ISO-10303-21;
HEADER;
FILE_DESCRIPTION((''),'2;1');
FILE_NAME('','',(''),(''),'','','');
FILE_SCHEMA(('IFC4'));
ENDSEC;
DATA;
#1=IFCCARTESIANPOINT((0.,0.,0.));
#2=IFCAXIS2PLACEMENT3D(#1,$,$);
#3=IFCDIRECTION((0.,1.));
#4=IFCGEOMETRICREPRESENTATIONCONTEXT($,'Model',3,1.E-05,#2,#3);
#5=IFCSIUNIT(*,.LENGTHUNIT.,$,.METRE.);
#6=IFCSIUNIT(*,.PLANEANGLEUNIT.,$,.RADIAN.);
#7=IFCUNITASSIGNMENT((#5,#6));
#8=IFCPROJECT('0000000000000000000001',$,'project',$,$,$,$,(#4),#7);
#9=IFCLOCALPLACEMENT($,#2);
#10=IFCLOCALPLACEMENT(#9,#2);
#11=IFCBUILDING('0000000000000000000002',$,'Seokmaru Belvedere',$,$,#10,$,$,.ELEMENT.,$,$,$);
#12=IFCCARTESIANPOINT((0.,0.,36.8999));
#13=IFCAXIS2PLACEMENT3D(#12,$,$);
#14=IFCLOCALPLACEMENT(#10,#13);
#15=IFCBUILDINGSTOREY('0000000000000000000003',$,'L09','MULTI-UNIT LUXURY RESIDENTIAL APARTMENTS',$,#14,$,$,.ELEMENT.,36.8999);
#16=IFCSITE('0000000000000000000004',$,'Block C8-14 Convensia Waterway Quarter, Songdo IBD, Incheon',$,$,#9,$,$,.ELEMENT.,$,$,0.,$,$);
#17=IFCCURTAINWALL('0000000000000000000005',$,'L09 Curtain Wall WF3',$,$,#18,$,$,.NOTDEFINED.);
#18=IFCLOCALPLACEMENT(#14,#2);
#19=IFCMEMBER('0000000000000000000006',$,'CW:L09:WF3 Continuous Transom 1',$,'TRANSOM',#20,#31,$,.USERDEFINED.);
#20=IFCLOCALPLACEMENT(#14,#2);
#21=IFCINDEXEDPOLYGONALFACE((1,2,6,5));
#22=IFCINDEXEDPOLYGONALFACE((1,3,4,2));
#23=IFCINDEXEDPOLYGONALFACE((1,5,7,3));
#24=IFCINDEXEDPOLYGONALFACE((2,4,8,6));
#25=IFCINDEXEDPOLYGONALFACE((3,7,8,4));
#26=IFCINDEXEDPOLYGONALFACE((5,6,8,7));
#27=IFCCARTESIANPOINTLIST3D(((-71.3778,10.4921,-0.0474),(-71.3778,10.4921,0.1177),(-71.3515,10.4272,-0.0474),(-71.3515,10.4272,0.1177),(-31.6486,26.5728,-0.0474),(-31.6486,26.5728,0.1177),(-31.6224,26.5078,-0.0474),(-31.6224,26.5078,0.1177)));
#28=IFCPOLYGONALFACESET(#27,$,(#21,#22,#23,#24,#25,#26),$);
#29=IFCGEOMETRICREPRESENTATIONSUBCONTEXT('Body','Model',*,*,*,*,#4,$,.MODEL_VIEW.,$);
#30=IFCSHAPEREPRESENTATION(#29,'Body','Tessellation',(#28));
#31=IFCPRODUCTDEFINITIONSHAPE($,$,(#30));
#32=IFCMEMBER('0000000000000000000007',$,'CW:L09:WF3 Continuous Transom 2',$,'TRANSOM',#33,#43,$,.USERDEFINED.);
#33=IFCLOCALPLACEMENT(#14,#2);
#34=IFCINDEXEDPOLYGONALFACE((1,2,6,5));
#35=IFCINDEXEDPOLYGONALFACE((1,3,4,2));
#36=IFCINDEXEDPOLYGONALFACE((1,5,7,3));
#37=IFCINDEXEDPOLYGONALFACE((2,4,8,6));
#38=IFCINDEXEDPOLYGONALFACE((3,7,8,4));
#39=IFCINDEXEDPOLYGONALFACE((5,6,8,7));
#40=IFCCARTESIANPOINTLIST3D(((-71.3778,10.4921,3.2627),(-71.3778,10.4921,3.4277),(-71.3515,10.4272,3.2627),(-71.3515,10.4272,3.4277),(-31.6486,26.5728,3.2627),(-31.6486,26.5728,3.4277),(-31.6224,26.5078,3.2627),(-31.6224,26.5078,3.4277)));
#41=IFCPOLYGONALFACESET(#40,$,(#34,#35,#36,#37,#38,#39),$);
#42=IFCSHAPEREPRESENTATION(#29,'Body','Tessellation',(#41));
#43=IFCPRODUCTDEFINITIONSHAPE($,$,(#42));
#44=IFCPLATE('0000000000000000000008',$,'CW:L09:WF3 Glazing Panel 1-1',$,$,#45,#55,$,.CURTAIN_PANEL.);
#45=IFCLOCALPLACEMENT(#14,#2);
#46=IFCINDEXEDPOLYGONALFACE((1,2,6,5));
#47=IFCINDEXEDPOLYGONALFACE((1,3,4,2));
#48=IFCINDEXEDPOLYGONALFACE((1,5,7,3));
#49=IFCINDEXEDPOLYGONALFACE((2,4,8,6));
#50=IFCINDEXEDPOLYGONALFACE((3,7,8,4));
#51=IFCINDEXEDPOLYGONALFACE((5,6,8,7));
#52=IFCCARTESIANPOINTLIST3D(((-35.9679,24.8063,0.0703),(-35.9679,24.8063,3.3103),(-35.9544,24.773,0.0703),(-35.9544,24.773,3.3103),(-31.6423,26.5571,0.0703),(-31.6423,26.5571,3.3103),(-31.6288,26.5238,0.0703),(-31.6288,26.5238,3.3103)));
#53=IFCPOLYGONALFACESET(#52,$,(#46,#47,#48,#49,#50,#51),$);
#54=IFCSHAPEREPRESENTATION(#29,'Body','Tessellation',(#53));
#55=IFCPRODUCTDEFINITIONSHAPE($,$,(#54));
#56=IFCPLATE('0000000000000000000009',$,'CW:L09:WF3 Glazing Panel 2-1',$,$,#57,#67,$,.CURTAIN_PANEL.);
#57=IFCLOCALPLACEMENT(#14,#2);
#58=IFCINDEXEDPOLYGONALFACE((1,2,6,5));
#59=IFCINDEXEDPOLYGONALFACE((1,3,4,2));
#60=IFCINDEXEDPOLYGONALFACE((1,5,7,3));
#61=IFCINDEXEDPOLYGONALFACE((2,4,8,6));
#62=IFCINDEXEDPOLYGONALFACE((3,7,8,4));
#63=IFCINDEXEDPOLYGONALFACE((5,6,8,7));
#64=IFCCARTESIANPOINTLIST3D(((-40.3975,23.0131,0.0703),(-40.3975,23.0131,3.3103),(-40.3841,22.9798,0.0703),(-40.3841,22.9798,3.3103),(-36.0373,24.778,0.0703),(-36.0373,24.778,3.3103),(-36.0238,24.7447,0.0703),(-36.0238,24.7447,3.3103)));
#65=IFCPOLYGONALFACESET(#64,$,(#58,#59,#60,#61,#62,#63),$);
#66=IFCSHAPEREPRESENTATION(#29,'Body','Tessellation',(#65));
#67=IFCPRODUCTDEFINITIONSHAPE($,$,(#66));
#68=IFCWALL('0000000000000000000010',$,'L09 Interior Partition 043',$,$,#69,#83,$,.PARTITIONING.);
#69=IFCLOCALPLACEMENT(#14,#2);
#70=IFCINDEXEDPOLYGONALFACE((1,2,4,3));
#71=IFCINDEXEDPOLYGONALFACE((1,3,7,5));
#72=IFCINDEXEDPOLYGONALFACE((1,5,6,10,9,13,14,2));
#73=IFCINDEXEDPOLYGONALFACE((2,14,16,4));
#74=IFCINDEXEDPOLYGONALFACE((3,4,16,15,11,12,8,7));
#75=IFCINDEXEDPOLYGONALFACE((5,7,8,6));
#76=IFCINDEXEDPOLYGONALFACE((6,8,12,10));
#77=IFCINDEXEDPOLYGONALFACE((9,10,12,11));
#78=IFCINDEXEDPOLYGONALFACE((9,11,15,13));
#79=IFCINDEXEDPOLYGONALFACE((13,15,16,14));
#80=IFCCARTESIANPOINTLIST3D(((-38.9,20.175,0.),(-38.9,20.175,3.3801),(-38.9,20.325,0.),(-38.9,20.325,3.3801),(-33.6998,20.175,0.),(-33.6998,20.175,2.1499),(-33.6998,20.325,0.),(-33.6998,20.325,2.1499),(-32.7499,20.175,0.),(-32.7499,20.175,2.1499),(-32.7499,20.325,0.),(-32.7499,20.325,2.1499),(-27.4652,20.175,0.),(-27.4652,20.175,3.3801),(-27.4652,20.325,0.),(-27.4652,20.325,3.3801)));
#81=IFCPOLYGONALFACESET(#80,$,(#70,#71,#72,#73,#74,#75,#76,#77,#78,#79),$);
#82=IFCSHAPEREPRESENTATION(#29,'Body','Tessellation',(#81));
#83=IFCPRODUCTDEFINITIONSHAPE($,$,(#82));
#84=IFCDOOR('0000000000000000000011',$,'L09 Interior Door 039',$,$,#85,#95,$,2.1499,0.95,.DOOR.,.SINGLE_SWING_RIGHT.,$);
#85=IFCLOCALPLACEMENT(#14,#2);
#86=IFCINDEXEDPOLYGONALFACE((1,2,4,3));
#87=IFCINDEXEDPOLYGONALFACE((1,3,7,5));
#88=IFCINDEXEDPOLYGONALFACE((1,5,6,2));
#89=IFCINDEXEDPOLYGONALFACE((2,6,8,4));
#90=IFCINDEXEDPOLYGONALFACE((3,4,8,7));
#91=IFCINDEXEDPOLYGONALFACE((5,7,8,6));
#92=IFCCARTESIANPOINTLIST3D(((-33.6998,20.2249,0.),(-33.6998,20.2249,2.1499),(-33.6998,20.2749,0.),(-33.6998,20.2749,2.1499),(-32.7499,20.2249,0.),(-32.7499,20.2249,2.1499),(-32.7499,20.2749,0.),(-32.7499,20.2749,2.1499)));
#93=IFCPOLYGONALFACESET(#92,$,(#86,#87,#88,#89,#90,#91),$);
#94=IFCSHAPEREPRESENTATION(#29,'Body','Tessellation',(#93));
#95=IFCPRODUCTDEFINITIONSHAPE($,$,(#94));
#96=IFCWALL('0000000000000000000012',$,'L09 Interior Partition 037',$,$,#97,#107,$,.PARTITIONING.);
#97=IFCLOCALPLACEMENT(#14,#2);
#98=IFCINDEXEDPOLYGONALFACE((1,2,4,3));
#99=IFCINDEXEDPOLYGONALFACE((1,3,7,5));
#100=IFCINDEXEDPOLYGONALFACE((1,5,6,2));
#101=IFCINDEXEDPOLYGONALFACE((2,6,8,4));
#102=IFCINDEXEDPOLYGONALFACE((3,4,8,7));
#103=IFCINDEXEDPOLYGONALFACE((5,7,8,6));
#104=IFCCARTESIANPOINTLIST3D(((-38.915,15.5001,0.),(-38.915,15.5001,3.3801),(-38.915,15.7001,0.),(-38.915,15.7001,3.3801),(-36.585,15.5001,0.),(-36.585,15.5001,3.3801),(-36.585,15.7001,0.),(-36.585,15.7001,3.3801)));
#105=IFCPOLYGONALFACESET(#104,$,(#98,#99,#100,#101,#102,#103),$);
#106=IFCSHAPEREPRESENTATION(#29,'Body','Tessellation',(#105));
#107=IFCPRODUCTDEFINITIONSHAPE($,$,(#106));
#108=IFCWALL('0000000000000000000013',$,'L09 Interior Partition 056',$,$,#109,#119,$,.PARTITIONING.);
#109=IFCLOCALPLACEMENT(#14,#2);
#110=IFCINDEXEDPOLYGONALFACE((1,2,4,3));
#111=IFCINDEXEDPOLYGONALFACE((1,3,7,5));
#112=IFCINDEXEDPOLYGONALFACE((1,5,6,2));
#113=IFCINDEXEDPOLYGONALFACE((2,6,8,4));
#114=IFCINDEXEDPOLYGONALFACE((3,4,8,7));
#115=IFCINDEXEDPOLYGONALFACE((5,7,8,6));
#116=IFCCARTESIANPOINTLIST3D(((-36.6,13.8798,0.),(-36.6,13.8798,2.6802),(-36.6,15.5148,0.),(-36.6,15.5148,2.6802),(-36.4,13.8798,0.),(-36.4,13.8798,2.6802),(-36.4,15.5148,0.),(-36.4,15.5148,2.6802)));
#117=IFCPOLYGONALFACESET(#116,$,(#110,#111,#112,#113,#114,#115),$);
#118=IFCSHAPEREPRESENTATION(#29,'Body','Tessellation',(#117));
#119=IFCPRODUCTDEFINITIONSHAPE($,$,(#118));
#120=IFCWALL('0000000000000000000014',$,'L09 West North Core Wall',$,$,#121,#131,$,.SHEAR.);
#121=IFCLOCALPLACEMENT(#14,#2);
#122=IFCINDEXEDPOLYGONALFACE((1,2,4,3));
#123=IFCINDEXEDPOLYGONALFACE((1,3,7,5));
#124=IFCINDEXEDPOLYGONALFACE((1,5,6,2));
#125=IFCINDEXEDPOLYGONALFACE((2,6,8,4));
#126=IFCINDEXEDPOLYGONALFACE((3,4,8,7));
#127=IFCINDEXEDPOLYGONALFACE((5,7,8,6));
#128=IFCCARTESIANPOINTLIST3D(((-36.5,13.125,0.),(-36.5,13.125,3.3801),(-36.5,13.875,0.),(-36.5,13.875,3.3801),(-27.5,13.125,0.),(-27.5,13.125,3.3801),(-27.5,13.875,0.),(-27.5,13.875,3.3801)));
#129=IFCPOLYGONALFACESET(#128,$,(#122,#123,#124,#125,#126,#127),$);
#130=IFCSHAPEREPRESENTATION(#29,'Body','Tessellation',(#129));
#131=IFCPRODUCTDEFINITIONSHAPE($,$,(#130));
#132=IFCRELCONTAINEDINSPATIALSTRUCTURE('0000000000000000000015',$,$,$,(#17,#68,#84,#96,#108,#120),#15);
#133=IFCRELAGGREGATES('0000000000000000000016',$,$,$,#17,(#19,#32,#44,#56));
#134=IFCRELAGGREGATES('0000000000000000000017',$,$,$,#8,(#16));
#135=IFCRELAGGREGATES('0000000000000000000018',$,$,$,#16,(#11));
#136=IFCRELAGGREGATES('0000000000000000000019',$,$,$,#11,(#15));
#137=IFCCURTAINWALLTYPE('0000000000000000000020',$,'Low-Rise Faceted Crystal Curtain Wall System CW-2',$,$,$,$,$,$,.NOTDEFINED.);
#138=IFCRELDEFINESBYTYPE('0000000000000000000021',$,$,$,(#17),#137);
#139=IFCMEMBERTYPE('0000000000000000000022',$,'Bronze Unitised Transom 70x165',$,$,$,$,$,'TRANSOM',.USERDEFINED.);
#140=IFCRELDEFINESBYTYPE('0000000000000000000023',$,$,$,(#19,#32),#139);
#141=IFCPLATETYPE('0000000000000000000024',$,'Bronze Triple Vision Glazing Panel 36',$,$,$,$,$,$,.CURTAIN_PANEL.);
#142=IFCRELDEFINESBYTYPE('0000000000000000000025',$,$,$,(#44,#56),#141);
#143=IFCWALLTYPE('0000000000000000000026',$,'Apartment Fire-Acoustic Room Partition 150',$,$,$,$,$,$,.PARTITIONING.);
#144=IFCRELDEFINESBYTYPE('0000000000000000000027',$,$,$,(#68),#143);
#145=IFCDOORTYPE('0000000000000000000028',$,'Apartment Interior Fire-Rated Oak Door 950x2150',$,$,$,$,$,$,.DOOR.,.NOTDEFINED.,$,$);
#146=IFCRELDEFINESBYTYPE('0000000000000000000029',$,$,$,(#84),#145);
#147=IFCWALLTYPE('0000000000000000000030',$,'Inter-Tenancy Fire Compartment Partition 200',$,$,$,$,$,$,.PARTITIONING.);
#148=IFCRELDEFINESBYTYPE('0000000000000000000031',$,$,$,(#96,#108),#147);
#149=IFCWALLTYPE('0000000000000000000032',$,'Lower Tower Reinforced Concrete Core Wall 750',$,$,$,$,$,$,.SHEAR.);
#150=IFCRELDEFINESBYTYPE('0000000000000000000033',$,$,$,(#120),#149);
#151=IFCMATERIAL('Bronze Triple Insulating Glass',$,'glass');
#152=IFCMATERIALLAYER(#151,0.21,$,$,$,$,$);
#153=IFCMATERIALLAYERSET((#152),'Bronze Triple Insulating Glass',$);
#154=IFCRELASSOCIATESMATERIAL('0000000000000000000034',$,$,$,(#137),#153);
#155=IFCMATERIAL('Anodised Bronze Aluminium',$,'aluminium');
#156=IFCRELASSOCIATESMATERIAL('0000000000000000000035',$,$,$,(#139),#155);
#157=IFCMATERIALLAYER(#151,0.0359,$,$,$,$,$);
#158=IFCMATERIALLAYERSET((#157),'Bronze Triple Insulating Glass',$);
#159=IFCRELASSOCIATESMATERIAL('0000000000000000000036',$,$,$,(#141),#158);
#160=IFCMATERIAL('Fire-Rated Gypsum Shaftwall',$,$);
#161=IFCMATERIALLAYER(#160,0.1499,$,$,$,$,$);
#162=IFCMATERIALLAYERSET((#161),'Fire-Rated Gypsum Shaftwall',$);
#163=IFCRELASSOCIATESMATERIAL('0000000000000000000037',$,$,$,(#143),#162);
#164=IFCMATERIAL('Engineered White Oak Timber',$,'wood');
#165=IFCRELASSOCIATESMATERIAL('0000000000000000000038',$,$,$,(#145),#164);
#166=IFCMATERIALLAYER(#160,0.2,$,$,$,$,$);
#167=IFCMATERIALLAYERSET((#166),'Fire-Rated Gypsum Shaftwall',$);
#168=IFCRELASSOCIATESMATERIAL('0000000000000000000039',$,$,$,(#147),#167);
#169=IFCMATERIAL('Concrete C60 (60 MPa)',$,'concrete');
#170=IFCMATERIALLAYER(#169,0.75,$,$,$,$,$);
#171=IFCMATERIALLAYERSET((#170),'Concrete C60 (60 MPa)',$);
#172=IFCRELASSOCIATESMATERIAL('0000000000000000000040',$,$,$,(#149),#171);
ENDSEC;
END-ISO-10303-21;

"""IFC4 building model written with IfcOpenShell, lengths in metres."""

from ifc_helpers import new_model, si_unit, direction, frame, frame_2d, origin, origin_2d, place, context, subcontext, project, spatial, rectangle, extrude, source, transform, mapped, material, layer, layer_set, material_profile, profile_set, type_object, type_shapes, element, fill, aggregate, save


model = new_model("IFC4")

# Units and contexts
model_context = context("Model", 3, precision=1e-05, world=origin(), true_north=direction((0.0, 1.0)))
body_context = subcontext(model_context, "Body", "Model", "MODEL_VIEW")
ifc_project = project(units=[si_unit("LENGTHUNIT", "METRE"), si_unit("PLANEANGLEUNIT", "RADIAN")], contexts=[model_context])

# Site, building, storey
site_placement = place(None, origin())
site = spatial("IfcSite", under=ifc_project, at=site_placement, Name="Block C8-14 Convensia Waterway Quarter, Songdo IBD, Incheon", CompositionType="ELEMENT", RefElevation=0.0)
building_placement = place(site_placement, origin())
building = spatial("IfcBuilding", under=site, at=building_placement, Name="Seokmaru Belvedere", CompositionType="ELEMENT")
storey_placement = place(building_placement, frame((0.0, 0.0, 36.8999)))
storey = spatial("IfcBuildingStorey", under=building, at=storey_placement, Name="L09", Description="MULTI-UNIT LUXURY RESIDENTIAL APARTMENTS", CompositionType="ELEMENT", Elevation=36.8999)

# Curtain wall, members, plates
ifc_material_1 = material(Name="Bronze Triple Insulating Glass", Category="glass")
ifc_layer_1 = layer(ifc_material_1, 0.21)
ifc_layer_set_1 = layer_set([ifc_layer_1], Name="Bronze Triple Insulating Glass")
curtain_wall_type = type_object("IfcCurtainWallType", Name="Low-Rise Faceted Crystal Curtain Wall System CW-2", PredefinedType="NOTDEFINED", material=ifc_layer_set_1)
curtain_wall_placement = place(storey_placement, origin())
curtain_wall = element("IfcCurtainWall", 1, at=curtain_wall_placement, inside=storey, type_object=curtain_wall_type, Name="L09 Curtain Wall WF3", PredefinedType="NOTDEFINED")
ifc_material_2 = material(Name="Anodised Bronze Aluminium", Category="aluminium")
ifc_material_profile_1 = material_profile(ifc_material_2, rectangle(XDim=0.0701, YDim=0.165, at=origin_2d()), Name="CW-T-70x165")
ifc_profile_set_1 = profile_set([ifc_material_profile_1], Name="Anodised Bronze Aluminium")
member_type_1 = type_object("IfcMemberType", Name="Bronze Unitised Transom 70x165", ElementType="TRANSOM", PredefinedType="USERDEFINED", material=ifc_profile_set_1)
shared_shape_1 = source(origin(), body_context, "Body", "SweptSolid", [
    extrude(rectangle(XDim=0.0701, YDim=0.165, at=origin_2d()), origin(), (0.0, 0.0, 1.0), 42.8601),
])
type_shapes(member_type_1, [shared_shape_1])
member_1_placement = place(storey_placement, frame((-31.6355, 26.5403, 0.0352), z_axis=(-0.926949, -0.375188, 0.0), x_axis=(0.375188, -0.926949, 0.0)))
member_1 = element("IfcMember", 2, at=member_1_placement, type_object=member_type_1, Name="CW:L09:WF3 Continuous Transom 1", ObjectType="TRANSOM", PredefinedType="USERDEFINED", context=body_context, shape_type="MappedRepresentation", body=[
    mapped(shared_shape_1, transform((0.0, 0.0, 0.0), scale=1.0)),
])
member_2_placement = place(storey_placement, frame((-31.6355, 26.5403, 3.3452), z_axis=(-0.926949, -0.375188, 0.0), x_axis=(0.375188, -0.926949, 0.0)))
member_2 = element("IfcMember", 3, at=member_2_placement, type_object=member_type_1, Name="CW:L09:WF3 Continuous Transom 2", ObjectType="TRANSOM", PredefinedType="USERDEFINED", context=body_context, shape_type="MappedRepresentation", body=[
    mapped(shared_shape_1, transform((0.0, 0.0, 0.0), scale=1.0)),
])
ifc_layer_2 = layer(ifc_material_1, 0.0359)
ifc_layer_set_2 = layer_set([ifc_layer_2], Name="Bronze Triple Insulating Glass")
plate_type = type_object("IfcPlateType", Name="Bronze Triple Vision Glazing Panel 36", PredefinedType="CURTAIN_PANEL", material=ifc_layer_set_2)
shared_shape_2 = source(origin(), body_context, "Body", "SweptSolid", [
    extrude(rectangle(XDim=4.6665, YDim=0.0359, at=origin_2d()), origin(), (0.0, 0.0, 1.0), 3.24),
])
plate_1_placement = place(storey_placement, frame((-33.7983, 25.665, 0.0703), z_axis=(0.0, 0.0, 1.0), x_axis=(-0.926947, -0.375192, 0.0)))
plate_1 = element("IfcPlate", 4, at=plate_1_placement, type_object=plate_type, Name="CW:L09:WF3 Glazing Panel 1-1", PredefinedType="CURTAIN_PANEL", context=body_context, shape_type="MappedRepresentation", body=[
    mapped(shared_shape_2, transform((0.0, 0.0, 0.0), scale=1.0)),
])
shared_shape_3 = source(origin(), body_context, "Body", "SweptSolid", [
    extrude(rectangle(XDim=4.7039, YDim=0.0359, at=origin_2d()), origin(), (0.0, 0.0, 1.0), 3.24),
])
type_shapes(plate_type, [shared_shape_2, shared_shape_3])
plate_2_placement = place(storey_placement, frame((-38.2107, 23.8789, 0.0703), z_axis=(0.0, 0.0, 1.0), x_axis=(-0.926947, -0.375192, 0.0)))
plate_2 = element("IfcPlate", 5, at=plate_2_placement, type_object=plate_type, Name="CW:L09:WF3 Glazing Panel 2-1", PredefinedType="CURTAIN_PANEL", context=body_context, shape_type="MappedRepresentation", body=[
    mapped(shared_shape_3, transform((0.0, 0.0, 0.0), scale=1.0)),
])
aggregate(curtain_wall, [member_1, member_2, plate_1, plate_2])

# Wall, opening, door
ifc_material_3 = material(Name="Fire-Rated Gypsum Shaftwall")
ifc_layer_3 = layer(ifc_material_3, 0.1499)
ifc_layer_set_3 = layer_set([ifc_layer_3], Name="Fire-Rated Gypsum Shaftwall")
wall_type_1 = type_object("IfcWallType", Name="Apartment Fire-Acoustic Room Partition 150", PredefinedType="PARTITIONING", material=ifc_layer_set_3)
wall_1_placement = place(storey_placement, frame((-38.8999, 20.25, 0.0), z_axis=(0.0, 0.0, 1.0), x_axis=(1.0, 0.0, 0.0)))
wall_1 = element("IfcWall", 6, at=wall_1_placement, inside=storey, type_object=wall_type_1, Name="L09 Interior Partition 043", PredefinedType="PARTITIONING", context=body_context, shape_type="SweptSolid", body=[
    extrude(rectangle(XDim=11.4348, YDim=0.1499, at=frame_2d((5.7173, 0.0))), origin(), (0.0, 0.0, 1.0), 3.3801),
])
opening_placement = place(wall_1_placement, frame((5.2, 0.0, 0.0)))
opening = element("IfcOpeningElement", 7, at=opening_placement, cuts=wall_1, PredefinedType="OPENING", context=body_context, shape_type="SweptSolid", body=[
    extrude(rectangle(XDim=0.95, YDim=2.1499, at=frame_2d((0.4751, 1.075))), frame((0.0, 0.085, 0.0), z_axis=(0.0, -1.0, 0.0), x_axis=(1.0, 0.0, 0.0)), (0.0, 0.0, 1.0), 0.1699),
])
ifc_material_4 = material(Name="Engineered White Oak Timber", Category="wood")
door_type = type_object("IfcDoorType", Name="Apartment Interior Fire-Rated Oak Door 950x2150", OperationType="NOTDEFINED", PredefinedType="DOOR", material=ifc_material_4)
shared_shape_4 = source(origin(), body_context, "Body", "SweptSolid", [
    extrude(rectangle(XDim=0.95, YDim=2.1499, at=frame_2d((0.4751, 1.075))), frame((0.0, 0.0249, 0.0), z_axis=(0.0, -1.0, 0.0), x_axis=(1.0, 0.0, 0.0)), (0.0, 0.0, 1.0), 0.05),
])
type_shapes(door_type, [shared_shape_4])
door_placement = place(opening_placement, origin())
door = element("IfcDoor", 8, at=door_placement, inside=storey, type_object=door_type, Name="L09 Interior Door 039", OperationType="SINGLE_SWING_RIGHT", OverallHeight=2.1499, OverallWidth=0.95, PredefinedType="DOOR", context=body_context, shape_type="MappedRepresentation", body=[
    mapped(shared_shape_4, transform((0.0, 0.0, 0.0), scale=1.0)),
])
fill(opening, door)

# Walls
ifc_layer_4 = layer(ifc_material_3, 0.2)
ifc_layer_set_4 = layer_set([ifc_layer_4], Name="Fire-Rated Gypsum Shaftwall")
wall_type_2 = type_object("IfcWallType", Name="Inter-Tenancy Fire Compartment Partition 200", PredefinedType="PARTITIONING", material=ifc_layer_set_4)
wall_2_placement = place(storey_placement, frame((-38.915, 15.6001, 0.0), z_axis=(0.0, 0.0, 1.0), x_axis=(1.0, 0.0, 0.0)))
element("IfcWall", 9, at=wall_2_placement, inside=storey, type_object=wall_type_2, Name="L09 Interior Partition 037", PredefinedType="PARTITIONING", context=body_context, shape_type="SweptSolid", body=[
    extrude(rectangle(XDim=2.3301, YDim=0.2, at=frame_2d((1.165, 0.0))), origin(), (0.0, 0.0, 1.0), 3.3801),
])
wall_3_placement = place(storey_placement, frame((-36.5, 13.8799, 0.0), z_axis=(0.0, 0.0, 1.0), x_axis=(0.0, 1.0, 0.0)))
element("IfcWall", 10, at=wall_3_placement, inside=storey, type_object=wall_type_2, Name="L09 Interior Partition 056", PredefinedType="PARTITIONING", context=body_context, shape_type="SweptSolid", body=[
    extrude(rectangle(XDim=1.635, YDim=0.2, at=frame_2d((0.8174, 0.0))), origin(), (0.0, 0.0, 1.0), 2.6802),
])
ifc_material_5 = material(Name="Concrete C60 (60 MPa)", Category="concrete")
ifc_layer_5 = layer(ifc_material_5, 0.75)
ifc_layer_set_5 = layer_set([ifc_layer_5], Name="Concrete C60 (60 MPa)")
wall_type_3 = type_object("IfcWallType", Name="Lower Tower Reinforced Concrete Core Wall 750", PredefinedType="SHEAR", material=ifc_layer_set_5)
wall_4_placement = place(storey_placement, frame((-36.5, 13.5, 0.0), z_axis=(0.0, 0.0, 1.0), x_axis=(1.0, 0.0, 0.0)))
element("IfcWall", 11, at=wall_4_placement, inside=storey, type_object=wall_type_3, Name="L09 West North Core Wall", PredefinedType="SHEAR", context=body_context, shape_type="SweptSolid", body=[
    extrude(rectangle(XDim=9.0, YDim=0.75, at=frame_2d((4.5, 0.0))), origin(), (0.0, 0.0, 1.0), 3.3801),
])

save(model, "model.ifc")
